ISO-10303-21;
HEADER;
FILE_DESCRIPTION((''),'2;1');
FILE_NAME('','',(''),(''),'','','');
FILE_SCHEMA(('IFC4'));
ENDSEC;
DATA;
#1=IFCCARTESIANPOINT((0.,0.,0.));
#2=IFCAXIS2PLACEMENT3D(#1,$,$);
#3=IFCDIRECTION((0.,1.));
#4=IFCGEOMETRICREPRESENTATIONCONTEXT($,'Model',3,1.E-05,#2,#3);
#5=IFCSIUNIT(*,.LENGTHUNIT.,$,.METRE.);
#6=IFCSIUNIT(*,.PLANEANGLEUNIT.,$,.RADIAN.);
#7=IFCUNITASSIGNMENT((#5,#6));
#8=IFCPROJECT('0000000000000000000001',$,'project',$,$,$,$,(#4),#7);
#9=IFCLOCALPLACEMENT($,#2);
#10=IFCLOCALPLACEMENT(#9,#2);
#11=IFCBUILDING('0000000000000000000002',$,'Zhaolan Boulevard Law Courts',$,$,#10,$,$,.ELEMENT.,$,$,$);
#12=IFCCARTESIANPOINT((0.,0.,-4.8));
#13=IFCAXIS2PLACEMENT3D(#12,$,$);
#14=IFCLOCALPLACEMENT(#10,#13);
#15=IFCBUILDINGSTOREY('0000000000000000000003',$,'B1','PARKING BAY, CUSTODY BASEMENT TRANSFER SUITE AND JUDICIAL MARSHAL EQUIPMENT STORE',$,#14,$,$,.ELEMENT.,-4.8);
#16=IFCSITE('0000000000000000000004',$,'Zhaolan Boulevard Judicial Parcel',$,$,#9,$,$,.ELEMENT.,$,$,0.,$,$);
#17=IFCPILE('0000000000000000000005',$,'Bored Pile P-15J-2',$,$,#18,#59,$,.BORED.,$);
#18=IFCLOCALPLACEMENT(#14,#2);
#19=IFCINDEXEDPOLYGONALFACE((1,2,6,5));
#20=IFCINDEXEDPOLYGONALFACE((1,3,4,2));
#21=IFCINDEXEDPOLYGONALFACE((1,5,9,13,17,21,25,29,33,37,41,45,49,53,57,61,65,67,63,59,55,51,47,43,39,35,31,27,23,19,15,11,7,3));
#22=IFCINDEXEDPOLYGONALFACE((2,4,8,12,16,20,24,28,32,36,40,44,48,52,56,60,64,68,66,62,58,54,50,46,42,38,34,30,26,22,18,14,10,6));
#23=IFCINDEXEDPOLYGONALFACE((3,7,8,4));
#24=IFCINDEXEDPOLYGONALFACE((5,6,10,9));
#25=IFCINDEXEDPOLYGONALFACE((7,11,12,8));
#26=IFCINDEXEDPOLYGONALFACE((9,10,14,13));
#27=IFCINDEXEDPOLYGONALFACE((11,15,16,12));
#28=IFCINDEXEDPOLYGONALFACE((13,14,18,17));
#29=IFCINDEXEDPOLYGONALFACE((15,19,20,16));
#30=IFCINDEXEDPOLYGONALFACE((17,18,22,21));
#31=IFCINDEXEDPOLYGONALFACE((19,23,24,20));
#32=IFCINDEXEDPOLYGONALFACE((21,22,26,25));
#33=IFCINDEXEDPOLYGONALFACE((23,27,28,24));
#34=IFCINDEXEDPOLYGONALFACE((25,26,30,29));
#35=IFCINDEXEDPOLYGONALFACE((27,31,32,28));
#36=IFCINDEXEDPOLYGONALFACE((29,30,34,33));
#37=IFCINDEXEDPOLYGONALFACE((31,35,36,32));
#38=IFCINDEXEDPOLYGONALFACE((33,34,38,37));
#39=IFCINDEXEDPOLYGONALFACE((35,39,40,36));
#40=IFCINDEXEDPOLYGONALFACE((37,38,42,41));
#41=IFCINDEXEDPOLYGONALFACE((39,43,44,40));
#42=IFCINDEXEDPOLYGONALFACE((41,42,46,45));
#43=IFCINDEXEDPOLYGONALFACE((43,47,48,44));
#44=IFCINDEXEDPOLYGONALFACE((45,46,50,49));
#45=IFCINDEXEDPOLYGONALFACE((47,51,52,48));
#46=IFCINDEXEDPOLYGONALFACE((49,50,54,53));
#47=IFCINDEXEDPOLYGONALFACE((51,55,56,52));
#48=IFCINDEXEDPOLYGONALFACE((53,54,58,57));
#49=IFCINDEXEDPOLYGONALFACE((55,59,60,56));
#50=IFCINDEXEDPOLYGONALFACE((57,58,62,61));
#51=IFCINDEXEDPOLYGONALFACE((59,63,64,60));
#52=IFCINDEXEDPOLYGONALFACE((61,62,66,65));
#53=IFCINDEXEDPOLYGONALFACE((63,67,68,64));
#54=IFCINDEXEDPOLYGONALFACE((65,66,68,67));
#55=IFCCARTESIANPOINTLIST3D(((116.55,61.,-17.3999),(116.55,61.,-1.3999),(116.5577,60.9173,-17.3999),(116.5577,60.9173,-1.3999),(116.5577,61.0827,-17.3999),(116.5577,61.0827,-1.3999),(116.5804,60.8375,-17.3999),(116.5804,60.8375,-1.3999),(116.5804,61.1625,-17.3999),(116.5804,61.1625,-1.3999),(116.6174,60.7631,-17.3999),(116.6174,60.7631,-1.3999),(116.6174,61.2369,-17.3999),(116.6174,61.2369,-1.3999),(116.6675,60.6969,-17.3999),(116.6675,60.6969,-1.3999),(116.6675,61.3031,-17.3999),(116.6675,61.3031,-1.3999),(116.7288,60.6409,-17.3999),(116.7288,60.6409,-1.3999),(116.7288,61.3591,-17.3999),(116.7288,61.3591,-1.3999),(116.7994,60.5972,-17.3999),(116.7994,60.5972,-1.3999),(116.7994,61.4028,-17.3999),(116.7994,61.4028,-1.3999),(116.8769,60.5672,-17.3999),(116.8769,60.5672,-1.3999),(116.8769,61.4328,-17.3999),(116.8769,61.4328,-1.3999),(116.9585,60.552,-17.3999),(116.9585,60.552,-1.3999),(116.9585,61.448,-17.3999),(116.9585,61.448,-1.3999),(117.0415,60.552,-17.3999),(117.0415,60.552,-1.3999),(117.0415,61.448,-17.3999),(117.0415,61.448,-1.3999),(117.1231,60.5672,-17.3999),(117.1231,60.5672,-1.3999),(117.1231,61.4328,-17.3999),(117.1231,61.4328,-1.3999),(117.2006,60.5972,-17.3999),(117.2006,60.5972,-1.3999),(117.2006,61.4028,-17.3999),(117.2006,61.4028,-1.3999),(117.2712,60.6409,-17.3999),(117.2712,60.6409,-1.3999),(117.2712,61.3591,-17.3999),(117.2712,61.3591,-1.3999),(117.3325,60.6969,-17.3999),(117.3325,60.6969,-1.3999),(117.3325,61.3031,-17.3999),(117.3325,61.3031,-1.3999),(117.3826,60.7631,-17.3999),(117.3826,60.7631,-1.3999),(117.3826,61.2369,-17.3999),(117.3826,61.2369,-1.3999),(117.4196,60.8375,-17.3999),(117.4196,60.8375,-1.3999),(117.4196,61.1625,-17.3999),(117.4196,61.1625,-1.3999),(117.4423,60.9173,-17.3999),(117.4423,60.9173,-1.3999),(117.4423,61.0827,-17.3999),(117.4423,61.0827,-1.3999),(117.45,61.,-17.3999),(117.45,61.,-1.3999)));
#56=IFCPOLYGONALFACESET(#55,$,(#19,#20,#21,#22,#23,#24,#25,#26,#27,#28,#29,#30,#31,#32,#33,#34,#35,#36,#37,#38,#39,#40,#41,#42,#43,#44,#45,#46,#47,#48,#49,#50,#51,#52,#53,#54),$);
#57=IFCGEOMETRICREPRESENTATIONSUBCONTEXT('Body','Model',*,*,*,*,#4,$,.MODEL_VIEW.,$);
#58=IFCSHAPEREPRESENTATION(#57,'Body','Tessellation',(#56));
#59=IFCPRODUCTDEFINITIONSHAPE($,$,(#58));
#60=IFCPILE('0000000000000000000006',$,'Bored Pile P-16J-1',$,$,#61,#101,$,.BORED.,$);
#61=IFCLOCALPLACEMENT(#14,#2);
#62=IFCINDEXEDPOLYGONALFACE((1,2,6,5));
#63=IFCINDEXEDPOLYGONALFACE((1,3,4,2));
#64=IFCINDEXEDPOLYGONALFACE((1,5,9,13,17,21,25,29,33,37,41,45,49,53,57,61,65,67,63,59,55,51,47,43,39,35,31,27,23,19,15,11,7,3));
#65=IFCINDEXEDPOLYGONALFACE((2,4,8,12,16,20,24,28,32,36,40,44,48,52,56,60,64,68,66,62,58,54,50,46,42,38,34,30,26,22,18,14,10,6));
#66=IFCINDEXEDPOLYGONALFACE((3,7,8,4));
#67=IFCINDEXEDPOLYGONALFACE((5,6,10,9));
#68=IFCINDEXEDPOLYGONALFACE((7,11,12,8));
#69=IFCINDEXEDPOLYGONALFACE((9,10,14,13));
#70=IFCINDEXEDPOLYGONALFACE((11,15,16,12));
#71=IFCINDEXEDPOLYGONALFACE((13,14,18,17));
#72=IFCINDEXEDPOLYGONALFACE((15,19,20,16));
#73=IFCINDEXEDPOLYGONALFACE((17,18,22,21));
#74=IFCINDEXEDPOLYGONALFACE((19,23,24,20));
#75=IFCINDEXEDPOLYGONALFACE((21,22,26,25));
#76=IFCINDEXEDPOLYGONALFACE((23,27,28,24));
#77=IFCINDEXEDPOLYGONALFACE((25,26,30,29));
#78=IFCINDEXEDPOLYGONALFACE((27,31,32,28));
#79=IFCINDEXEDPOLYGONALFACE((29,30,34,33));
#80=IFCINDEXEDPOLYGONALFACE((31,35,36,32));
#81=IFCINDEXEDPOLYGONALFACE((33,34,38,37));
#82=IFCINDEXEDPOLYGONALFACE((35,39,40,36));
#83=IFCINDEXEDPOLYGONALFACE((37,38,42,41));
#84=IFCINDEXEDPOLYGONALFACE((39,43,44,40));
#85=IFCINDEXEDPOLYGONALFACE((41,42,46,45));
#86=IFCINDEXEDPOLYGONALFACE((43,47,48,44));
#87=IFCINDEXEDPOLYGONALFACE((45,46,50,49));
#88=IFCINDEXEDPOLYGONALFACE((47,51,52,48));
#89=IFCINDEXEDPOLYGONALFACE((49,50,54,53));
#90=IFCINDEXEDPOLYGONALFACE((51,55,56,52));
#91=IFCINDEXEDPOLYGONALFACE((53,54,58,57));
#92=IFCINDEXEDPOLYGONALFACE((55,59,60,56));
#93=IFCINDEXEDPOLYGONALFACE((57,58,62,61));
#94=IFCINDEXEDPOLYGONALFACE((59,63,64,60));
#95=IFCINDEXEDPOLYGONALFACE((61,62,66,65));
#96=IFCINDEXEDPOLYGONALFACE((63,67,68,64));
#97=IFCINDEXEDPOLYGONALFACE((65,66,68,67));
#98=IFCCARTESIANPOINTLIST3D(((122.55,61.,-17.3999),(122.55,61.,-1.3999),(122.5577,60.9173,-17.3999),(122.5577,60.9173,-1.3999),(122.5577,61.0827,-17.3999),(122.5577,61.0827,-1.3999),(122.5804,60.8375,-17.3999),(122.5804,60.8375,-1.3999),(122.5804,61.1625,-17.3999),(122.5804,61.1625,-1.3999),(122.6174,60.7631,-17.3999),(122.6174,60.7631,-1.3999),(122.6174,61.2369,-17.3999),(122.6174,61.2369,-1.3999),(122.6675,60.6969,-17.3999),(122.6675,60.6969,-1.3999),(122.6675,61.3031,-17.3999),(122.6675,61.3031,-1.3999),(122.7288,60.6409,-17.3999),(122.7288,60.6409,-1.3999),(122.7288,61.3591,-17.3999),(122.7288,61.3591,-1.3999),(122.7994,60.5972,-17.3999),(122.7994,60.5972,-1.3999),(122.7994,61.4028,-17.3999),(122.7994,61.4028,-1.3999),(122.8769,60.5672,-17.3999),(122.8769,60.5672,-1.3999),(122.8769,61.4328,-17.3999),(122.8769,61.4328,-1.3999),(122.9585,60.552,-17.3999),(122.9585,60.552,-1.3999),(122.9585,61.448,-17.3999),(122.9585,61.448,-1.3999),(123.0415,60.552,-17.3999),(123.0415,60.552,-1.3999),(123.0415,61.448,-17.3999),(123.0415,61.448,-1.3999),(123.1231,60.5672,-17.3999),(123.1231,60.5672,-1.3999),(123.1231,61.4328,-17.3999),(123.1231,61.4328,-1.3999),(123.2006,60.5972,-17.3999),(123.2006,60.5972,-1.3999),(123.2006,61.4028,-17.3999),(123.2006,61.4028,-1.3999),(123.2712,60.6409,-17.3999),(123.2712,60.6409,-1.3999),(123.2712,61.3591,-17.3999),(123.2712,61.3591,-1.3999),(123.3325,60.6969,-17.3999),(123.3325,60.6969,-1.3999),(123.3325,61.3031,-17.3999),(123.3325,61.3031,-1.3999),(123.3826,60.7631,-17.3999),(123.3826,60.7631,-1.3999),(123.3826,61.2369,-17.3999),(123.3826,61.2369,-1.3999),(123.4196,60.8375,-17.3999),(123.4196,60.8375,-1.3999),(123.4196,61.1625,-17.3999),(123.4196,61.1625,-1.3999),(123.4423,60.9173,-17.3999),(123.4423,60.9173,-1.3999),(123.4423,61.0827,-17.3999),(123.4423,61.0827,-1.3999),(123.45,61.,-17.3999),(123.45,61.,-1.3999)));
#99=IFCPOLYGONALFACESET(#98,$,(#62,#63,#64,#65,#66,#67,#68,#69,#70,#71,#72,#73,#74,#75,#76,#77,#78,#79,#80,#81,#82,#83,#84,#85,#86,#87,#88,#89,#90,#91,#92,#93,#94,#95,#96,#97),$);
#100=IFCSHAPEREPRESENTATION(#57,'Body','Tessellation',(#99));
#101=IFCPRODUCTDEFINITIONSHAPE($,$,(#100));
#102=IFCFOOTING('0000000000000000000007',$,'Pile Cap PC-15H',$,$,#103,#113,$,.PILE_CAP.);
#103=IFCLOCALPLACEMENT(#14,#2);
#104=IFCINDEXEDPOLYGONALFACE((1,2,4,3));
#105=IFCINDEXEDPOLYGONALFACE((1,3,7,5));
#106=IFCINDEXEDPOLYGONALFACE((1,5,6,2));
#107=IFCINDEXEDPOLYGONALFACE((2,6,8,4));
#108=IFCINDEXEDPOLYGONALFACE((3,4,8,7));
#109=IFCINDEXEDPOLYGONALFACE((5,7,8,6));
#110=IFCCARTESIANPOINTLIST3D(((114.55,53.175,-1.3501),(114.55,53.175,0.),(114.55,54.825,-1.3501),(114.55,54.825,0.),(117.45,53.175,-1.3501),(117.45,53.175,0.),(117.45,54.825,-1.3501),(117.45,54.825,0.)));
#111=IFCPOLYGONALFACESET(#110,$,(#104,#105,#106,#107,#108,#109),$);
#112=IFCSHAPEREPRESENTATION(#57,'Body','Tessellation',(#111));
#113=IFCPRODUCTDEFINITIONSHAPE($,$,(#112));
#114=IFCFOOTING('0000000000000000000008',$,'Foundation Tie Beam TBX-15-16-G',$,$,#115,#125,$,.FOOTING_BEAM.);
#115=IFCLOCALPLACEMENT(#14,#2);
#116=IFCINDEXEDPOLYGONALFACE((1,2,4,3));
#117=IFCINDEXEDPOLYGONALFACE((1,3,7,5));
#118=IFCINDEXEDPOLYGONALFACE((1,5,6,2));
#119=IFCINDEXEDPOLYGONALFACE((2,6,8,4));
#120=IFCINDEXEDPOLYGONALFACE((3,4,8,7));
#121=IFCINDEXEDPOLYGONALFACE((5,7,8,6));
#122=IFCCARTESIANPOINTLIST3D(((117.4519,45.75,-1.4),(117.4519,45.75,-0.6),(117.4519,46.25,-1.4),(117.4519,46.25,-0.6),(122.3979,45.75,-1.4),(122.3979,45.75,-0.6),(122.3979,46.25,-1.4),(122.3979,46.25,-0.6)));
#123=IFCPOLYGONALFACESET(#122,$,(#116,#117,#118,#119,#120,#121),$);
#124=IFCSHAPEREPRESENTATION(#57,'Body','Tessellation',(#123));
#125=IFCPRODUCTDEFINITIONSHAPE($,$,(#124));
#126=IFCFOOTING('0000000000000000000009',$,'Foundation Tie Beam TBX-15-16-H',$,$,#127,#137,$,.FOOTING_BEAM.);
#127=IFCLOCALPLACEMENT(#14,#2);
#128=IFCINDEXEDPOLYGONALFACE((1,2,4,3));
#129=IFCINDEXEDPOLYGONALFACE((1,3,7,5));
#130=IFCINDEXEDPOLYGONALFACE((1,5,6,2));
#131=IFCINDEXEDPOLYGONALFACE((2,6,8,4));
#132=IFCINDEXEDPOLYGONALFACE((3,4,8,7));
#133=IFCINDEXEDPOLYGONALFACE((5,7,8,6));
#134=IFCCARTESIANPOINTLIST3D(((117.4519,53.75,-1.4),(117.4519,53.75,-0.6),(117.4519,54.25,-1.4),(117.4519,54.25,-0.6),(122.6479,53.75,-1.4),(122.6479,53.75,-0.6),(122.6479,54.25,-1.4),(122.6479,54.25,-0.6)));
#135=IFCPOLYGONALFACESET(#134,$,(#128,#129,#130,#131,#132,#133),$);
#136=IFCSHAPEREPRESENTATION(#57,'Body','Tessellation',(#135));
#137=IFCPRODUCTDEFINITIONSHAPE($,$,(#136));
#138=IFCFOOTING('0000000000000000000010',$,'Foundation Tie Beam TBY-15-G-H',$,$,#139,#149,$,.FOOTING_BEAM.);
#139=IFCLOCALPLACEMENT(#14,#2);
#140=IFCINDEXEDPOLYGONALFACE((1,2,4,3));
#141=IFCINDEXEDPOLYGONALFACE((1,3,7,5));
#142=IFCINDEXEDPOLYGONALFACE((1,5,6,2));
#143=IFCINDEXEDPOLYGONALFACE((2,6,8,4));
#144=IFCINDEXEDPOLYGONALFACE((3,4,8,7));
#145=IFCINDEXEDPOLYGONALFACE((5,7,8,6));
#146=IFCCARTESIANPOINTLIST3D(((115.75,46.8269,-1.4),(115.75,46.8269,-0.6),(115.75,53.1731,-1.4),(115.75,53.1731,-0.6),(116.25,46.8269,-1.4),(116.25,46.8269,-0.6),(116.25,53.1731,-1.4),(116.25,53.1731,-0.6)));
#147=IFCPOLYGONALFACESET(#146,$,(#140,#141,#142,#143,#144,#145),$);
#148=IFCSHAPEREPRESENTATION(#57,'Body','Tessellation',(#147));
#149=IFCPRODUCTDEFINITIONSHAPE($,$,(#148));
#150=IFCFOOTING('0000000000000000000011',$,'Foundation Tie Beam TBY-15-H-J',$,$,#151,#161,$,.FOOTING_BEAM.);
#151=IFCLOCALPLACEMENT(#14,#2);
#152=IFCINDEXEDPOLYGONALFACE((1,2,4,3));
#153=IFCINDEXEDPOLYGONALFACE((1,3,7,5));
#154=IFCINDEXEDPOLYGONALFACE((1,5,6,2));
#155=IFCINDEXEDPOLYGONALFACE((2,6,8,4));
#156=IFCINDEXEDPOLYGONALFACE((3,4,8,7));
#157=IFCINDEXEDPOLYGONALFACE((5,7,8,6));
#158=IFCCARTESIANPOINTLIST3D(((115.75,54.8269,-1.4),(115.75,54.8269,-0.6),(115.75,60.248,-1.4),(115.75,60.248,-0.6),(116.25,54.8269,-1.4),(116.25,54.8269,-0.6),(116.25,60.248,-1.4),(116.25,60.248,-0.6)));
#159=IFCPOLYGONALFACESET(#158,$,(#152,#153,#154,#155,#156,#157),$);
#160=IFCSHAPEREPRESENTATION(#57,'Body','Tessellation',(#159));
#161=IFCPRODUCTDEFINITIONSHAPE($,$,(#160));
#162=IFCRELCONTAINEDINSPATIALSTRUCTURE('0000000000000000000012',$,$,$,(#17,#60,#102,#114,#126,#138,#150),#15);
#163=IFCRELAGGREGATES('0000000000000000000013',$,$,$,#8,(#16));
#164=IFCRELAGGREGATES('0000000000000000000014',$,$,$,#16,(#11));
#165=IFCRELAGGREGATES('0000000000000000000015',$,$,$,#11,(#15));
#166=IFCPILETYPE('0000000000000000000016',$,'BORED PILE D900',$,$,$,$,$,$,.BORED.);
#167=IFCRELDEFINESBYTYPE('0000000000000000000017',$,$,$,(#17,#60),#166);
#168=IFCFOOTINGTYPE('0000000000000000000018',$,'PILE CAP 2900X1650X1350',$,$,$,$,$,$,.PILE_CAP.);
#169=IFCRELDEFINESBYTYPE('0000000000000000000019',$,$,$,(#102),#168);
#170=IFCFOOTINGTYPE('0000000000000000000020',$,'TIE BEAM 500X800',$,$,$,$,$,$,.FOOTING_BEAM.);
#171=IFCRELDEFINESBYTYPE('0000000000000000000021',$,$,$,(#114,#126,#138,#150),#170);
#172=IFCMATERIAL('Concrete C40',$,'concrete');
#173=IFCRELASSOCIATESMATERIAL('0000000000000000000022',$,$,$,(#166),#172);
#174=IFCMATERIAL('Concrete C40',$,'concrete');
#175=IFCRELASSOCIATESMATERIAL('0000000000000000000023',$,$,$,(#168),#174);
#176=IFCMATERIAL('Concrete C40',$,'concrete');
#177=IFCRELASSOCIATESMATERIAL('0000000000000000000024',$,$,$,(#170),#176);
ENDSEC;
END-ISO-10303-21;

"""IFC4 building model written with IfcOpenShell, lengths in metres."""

from ifc_helpers import new_model, si_unit, direction, frame, origin, origin_2d, place, context, subcontext, project, spatial, rectangle, circle, extrude, material, material_profile, profile_set, type_object, element, save


model = new_model("IFC4")

# Units and contexts
model_context = context("Model", 3, precision=1e-05, world=origin(), true_north=direction((0.0, 1.0)))
body_context = subcontext(model_context, "Body", "Model", "MODEL_VIEW")
ifc_project = project(units=[si_unit("LENGTHUNIT", "METRE"), si_unit("PLANEANGLEUNIT", "RADIAN")], contexts=[model_context])

# Site, building, storey
site_placement = place(None, origin())
site = spatial("IfcSite", under=ifc_project, at=site_placement, Name="Zhaolan Boulevard Judicial Parcel", CompositionType="ELEMENT", RefElevation=0.0)
building_placement = place(site_placement, origin())
building = spatial("IfcBuilding", under=site, at=building_placement, Name="Zhaolan Boulevard Law Courts", CompositionType="ELEMENT")
storey_placement = place(building_placement, frame((0.0, 0.0, -4.8)))
storey = spatial("IfcBuildingStorey", under=building, at=storey_placement, Name="B1", Description="PARKING BAY, CUSTODY BASEMENT TRANSFER SUITE AND JUDICIAL MARSHAL EQUIPMENT STORE", CompositionType="ELEMENT", Elevation=-4.8)

# Piles
ifc_material_1 = material(Name="Concrete C40", Category="concrete")
ifc_material_profile_1 = material_profile(ifc_material_1, circle(Radius=0.45, at=origin_2d()), Name="PILE-D900")
ifc_profile_set_1 = profile_set([ifc_material_profile_1], Name="Concrete C40")
pile_type_1 = type_object("IfcPileType", Name="BORED PILE D900", PredefinedType="BORED", material=ifc_profile_set_1)
for number, where, z_axis, x_axis, name in (
    (1, (117.0, 61.0, -1.3999), (0.0, 0.0, -1.0), (1.0, 0.0, 0.0), "Bored Pile P-15J-2"),
    (2, (123.0, 61.0, -1.3999), (0.0, 0.0, -1.0), (1.0, 0.0, 0.0), "Bored Pile P-16J-1"),
):
    element("IfcPile", number, at=place(storey_placement, frame(where, z_axis=z_axis, x_axis=x_axis)), inside=storey, type_object=pile_type_1, Name=name, PredefinedType="BORED", context=body_context, shape_type="SweptSolid", body=[
        extrude(circle(Radius=0.45, at=origin_2d()), origin(), (0.0, 0.0, 1.0), 16.0),
    ])

# Footings
ifc_material_2 = material(Name="Concrete C40", Category="concrete")
footing_type_1 = type_object("IfcFootingType", Name="PILE CAP 2900X1650X1350", PredefinedType="PILE_CAP", material=ifc_material_2)
footing_1_placement = place(storey_placement, frame((116.0, 54.0, -1.3501), z_axis=(0.0, 0.0, 1.0), x_axis=(1.0, 0.0, 0.0)))
element("IfcFooting", 3, at=footing_1_placement, inside=storey, type_object=footing_type_1, Name="Pile Cap PC-15H", PredefinedType="PILE_CAP", context=body_context, shape_type="SweptSolid", body=[
    extrude(rectangle(XDim=2.8999, YDim=1.6499, at=origin_2d()), origin(), (0.0, 0.0, 1.0), 1.3501),
])
ifc_material_3 = material(Name="Concrete C40", Category="concrete")
ifc_material_profile_2 = material_profile(ifc_material_3, rectangle(XDim=0.5, YDim=0.8, at=origin_2d()), Name="RC500x800")
ifc_profile_set_2 = profile_set([ifc_material_profile_2], Name="Concrete C40")
footing_type_2 = type_object("IfcFootingType", Name="TIE BEAM 500X800", PredefinedType="FOOTING_BEAM", material=ifc_profile_set_2)
footing_2_placement = place(storey_placement, frame((117.4519, 46.0, -1.0), z_axis=(1.0, 0.0, 0.0), x_axis=(0.0, 1.0, 0.0)))
element("IfcFooting", 4, at=footing_2_placement, inside=storey, type_object=footing_type_2, Name="Foundation Tie Beam TBX-15-16-G", PredefinedType="FOOTING_BEAM", context=body_context, shape_type="SweptSolid", body=[
    extrude(rectangle(XDim=0.5, YDim=0.8, at=origin_2d()), origin(), (0.0, 0.0, 1.0), 4.946),
])
footing_3_placement = place(storey_placement, frame((117.4519, 54.0, -1.0), z_axis=(1.0, 0.0, 0.0), x_axis=(0.0, 1.0, 0.0)))
element("IfcFooting", 5, at=footing_3_placement, inside=storey, type_object=footing_type_2, Name="Foundation Tie Beam TBX-15-16-H", PredefinedType="FOOTING_BEAM", context=body_context, shape_type="SweptSolid", body=[
    extrude(rectangle(XDim=0.5, YDim=0.8, at=origin_2d()), origin(), (0.0, 0.0, 1.0), 5.196),
])
footing_4_placement = place(storey_placement, frame((116.0, 46.8269, -1.0), z_axis=(0.0, 1.0, 0.0), x_axis=(-1.0, 0.0, 0.0)))
element("IfcFooting", 6, at=footing_4_placement, inside=storey, type_object=footing_type_2, Name="Foundation Tie Beam TBY-15-G-H", PredefinedType="FOOTING_BEAM", context=body_context, shape_type="SweptSolid", body=[
    extrude(rectangle(XDim=0.5, YDim=0.8, at=origin_2d()), origin(), (0.0, 0.0, 1.0), 6.3462),
])
footing_5_placement = place(storey_placement, frame((116.0, 54.8269, -1.0), z_axis=(0.0, 1.0, 0.0), x_axis=(-1.0, 0.0, 0.0)))
element("IfcFooting", 7, at=footing_5_placement, inside=storey, type_object=footing_type_2, Name="Foundation Tie Beam TBY-15-H-J", PredefinedType="FOOTING_BEAM", context=body_context, shape_type="SweptSolid", body=[
    extrude(rectangle(XDim=0.5, YDim=0.8, at=origin_2d()), origin(), (0.0, 0.0, 1.0), 5.4211),
])

save(model, "model.ifc")
